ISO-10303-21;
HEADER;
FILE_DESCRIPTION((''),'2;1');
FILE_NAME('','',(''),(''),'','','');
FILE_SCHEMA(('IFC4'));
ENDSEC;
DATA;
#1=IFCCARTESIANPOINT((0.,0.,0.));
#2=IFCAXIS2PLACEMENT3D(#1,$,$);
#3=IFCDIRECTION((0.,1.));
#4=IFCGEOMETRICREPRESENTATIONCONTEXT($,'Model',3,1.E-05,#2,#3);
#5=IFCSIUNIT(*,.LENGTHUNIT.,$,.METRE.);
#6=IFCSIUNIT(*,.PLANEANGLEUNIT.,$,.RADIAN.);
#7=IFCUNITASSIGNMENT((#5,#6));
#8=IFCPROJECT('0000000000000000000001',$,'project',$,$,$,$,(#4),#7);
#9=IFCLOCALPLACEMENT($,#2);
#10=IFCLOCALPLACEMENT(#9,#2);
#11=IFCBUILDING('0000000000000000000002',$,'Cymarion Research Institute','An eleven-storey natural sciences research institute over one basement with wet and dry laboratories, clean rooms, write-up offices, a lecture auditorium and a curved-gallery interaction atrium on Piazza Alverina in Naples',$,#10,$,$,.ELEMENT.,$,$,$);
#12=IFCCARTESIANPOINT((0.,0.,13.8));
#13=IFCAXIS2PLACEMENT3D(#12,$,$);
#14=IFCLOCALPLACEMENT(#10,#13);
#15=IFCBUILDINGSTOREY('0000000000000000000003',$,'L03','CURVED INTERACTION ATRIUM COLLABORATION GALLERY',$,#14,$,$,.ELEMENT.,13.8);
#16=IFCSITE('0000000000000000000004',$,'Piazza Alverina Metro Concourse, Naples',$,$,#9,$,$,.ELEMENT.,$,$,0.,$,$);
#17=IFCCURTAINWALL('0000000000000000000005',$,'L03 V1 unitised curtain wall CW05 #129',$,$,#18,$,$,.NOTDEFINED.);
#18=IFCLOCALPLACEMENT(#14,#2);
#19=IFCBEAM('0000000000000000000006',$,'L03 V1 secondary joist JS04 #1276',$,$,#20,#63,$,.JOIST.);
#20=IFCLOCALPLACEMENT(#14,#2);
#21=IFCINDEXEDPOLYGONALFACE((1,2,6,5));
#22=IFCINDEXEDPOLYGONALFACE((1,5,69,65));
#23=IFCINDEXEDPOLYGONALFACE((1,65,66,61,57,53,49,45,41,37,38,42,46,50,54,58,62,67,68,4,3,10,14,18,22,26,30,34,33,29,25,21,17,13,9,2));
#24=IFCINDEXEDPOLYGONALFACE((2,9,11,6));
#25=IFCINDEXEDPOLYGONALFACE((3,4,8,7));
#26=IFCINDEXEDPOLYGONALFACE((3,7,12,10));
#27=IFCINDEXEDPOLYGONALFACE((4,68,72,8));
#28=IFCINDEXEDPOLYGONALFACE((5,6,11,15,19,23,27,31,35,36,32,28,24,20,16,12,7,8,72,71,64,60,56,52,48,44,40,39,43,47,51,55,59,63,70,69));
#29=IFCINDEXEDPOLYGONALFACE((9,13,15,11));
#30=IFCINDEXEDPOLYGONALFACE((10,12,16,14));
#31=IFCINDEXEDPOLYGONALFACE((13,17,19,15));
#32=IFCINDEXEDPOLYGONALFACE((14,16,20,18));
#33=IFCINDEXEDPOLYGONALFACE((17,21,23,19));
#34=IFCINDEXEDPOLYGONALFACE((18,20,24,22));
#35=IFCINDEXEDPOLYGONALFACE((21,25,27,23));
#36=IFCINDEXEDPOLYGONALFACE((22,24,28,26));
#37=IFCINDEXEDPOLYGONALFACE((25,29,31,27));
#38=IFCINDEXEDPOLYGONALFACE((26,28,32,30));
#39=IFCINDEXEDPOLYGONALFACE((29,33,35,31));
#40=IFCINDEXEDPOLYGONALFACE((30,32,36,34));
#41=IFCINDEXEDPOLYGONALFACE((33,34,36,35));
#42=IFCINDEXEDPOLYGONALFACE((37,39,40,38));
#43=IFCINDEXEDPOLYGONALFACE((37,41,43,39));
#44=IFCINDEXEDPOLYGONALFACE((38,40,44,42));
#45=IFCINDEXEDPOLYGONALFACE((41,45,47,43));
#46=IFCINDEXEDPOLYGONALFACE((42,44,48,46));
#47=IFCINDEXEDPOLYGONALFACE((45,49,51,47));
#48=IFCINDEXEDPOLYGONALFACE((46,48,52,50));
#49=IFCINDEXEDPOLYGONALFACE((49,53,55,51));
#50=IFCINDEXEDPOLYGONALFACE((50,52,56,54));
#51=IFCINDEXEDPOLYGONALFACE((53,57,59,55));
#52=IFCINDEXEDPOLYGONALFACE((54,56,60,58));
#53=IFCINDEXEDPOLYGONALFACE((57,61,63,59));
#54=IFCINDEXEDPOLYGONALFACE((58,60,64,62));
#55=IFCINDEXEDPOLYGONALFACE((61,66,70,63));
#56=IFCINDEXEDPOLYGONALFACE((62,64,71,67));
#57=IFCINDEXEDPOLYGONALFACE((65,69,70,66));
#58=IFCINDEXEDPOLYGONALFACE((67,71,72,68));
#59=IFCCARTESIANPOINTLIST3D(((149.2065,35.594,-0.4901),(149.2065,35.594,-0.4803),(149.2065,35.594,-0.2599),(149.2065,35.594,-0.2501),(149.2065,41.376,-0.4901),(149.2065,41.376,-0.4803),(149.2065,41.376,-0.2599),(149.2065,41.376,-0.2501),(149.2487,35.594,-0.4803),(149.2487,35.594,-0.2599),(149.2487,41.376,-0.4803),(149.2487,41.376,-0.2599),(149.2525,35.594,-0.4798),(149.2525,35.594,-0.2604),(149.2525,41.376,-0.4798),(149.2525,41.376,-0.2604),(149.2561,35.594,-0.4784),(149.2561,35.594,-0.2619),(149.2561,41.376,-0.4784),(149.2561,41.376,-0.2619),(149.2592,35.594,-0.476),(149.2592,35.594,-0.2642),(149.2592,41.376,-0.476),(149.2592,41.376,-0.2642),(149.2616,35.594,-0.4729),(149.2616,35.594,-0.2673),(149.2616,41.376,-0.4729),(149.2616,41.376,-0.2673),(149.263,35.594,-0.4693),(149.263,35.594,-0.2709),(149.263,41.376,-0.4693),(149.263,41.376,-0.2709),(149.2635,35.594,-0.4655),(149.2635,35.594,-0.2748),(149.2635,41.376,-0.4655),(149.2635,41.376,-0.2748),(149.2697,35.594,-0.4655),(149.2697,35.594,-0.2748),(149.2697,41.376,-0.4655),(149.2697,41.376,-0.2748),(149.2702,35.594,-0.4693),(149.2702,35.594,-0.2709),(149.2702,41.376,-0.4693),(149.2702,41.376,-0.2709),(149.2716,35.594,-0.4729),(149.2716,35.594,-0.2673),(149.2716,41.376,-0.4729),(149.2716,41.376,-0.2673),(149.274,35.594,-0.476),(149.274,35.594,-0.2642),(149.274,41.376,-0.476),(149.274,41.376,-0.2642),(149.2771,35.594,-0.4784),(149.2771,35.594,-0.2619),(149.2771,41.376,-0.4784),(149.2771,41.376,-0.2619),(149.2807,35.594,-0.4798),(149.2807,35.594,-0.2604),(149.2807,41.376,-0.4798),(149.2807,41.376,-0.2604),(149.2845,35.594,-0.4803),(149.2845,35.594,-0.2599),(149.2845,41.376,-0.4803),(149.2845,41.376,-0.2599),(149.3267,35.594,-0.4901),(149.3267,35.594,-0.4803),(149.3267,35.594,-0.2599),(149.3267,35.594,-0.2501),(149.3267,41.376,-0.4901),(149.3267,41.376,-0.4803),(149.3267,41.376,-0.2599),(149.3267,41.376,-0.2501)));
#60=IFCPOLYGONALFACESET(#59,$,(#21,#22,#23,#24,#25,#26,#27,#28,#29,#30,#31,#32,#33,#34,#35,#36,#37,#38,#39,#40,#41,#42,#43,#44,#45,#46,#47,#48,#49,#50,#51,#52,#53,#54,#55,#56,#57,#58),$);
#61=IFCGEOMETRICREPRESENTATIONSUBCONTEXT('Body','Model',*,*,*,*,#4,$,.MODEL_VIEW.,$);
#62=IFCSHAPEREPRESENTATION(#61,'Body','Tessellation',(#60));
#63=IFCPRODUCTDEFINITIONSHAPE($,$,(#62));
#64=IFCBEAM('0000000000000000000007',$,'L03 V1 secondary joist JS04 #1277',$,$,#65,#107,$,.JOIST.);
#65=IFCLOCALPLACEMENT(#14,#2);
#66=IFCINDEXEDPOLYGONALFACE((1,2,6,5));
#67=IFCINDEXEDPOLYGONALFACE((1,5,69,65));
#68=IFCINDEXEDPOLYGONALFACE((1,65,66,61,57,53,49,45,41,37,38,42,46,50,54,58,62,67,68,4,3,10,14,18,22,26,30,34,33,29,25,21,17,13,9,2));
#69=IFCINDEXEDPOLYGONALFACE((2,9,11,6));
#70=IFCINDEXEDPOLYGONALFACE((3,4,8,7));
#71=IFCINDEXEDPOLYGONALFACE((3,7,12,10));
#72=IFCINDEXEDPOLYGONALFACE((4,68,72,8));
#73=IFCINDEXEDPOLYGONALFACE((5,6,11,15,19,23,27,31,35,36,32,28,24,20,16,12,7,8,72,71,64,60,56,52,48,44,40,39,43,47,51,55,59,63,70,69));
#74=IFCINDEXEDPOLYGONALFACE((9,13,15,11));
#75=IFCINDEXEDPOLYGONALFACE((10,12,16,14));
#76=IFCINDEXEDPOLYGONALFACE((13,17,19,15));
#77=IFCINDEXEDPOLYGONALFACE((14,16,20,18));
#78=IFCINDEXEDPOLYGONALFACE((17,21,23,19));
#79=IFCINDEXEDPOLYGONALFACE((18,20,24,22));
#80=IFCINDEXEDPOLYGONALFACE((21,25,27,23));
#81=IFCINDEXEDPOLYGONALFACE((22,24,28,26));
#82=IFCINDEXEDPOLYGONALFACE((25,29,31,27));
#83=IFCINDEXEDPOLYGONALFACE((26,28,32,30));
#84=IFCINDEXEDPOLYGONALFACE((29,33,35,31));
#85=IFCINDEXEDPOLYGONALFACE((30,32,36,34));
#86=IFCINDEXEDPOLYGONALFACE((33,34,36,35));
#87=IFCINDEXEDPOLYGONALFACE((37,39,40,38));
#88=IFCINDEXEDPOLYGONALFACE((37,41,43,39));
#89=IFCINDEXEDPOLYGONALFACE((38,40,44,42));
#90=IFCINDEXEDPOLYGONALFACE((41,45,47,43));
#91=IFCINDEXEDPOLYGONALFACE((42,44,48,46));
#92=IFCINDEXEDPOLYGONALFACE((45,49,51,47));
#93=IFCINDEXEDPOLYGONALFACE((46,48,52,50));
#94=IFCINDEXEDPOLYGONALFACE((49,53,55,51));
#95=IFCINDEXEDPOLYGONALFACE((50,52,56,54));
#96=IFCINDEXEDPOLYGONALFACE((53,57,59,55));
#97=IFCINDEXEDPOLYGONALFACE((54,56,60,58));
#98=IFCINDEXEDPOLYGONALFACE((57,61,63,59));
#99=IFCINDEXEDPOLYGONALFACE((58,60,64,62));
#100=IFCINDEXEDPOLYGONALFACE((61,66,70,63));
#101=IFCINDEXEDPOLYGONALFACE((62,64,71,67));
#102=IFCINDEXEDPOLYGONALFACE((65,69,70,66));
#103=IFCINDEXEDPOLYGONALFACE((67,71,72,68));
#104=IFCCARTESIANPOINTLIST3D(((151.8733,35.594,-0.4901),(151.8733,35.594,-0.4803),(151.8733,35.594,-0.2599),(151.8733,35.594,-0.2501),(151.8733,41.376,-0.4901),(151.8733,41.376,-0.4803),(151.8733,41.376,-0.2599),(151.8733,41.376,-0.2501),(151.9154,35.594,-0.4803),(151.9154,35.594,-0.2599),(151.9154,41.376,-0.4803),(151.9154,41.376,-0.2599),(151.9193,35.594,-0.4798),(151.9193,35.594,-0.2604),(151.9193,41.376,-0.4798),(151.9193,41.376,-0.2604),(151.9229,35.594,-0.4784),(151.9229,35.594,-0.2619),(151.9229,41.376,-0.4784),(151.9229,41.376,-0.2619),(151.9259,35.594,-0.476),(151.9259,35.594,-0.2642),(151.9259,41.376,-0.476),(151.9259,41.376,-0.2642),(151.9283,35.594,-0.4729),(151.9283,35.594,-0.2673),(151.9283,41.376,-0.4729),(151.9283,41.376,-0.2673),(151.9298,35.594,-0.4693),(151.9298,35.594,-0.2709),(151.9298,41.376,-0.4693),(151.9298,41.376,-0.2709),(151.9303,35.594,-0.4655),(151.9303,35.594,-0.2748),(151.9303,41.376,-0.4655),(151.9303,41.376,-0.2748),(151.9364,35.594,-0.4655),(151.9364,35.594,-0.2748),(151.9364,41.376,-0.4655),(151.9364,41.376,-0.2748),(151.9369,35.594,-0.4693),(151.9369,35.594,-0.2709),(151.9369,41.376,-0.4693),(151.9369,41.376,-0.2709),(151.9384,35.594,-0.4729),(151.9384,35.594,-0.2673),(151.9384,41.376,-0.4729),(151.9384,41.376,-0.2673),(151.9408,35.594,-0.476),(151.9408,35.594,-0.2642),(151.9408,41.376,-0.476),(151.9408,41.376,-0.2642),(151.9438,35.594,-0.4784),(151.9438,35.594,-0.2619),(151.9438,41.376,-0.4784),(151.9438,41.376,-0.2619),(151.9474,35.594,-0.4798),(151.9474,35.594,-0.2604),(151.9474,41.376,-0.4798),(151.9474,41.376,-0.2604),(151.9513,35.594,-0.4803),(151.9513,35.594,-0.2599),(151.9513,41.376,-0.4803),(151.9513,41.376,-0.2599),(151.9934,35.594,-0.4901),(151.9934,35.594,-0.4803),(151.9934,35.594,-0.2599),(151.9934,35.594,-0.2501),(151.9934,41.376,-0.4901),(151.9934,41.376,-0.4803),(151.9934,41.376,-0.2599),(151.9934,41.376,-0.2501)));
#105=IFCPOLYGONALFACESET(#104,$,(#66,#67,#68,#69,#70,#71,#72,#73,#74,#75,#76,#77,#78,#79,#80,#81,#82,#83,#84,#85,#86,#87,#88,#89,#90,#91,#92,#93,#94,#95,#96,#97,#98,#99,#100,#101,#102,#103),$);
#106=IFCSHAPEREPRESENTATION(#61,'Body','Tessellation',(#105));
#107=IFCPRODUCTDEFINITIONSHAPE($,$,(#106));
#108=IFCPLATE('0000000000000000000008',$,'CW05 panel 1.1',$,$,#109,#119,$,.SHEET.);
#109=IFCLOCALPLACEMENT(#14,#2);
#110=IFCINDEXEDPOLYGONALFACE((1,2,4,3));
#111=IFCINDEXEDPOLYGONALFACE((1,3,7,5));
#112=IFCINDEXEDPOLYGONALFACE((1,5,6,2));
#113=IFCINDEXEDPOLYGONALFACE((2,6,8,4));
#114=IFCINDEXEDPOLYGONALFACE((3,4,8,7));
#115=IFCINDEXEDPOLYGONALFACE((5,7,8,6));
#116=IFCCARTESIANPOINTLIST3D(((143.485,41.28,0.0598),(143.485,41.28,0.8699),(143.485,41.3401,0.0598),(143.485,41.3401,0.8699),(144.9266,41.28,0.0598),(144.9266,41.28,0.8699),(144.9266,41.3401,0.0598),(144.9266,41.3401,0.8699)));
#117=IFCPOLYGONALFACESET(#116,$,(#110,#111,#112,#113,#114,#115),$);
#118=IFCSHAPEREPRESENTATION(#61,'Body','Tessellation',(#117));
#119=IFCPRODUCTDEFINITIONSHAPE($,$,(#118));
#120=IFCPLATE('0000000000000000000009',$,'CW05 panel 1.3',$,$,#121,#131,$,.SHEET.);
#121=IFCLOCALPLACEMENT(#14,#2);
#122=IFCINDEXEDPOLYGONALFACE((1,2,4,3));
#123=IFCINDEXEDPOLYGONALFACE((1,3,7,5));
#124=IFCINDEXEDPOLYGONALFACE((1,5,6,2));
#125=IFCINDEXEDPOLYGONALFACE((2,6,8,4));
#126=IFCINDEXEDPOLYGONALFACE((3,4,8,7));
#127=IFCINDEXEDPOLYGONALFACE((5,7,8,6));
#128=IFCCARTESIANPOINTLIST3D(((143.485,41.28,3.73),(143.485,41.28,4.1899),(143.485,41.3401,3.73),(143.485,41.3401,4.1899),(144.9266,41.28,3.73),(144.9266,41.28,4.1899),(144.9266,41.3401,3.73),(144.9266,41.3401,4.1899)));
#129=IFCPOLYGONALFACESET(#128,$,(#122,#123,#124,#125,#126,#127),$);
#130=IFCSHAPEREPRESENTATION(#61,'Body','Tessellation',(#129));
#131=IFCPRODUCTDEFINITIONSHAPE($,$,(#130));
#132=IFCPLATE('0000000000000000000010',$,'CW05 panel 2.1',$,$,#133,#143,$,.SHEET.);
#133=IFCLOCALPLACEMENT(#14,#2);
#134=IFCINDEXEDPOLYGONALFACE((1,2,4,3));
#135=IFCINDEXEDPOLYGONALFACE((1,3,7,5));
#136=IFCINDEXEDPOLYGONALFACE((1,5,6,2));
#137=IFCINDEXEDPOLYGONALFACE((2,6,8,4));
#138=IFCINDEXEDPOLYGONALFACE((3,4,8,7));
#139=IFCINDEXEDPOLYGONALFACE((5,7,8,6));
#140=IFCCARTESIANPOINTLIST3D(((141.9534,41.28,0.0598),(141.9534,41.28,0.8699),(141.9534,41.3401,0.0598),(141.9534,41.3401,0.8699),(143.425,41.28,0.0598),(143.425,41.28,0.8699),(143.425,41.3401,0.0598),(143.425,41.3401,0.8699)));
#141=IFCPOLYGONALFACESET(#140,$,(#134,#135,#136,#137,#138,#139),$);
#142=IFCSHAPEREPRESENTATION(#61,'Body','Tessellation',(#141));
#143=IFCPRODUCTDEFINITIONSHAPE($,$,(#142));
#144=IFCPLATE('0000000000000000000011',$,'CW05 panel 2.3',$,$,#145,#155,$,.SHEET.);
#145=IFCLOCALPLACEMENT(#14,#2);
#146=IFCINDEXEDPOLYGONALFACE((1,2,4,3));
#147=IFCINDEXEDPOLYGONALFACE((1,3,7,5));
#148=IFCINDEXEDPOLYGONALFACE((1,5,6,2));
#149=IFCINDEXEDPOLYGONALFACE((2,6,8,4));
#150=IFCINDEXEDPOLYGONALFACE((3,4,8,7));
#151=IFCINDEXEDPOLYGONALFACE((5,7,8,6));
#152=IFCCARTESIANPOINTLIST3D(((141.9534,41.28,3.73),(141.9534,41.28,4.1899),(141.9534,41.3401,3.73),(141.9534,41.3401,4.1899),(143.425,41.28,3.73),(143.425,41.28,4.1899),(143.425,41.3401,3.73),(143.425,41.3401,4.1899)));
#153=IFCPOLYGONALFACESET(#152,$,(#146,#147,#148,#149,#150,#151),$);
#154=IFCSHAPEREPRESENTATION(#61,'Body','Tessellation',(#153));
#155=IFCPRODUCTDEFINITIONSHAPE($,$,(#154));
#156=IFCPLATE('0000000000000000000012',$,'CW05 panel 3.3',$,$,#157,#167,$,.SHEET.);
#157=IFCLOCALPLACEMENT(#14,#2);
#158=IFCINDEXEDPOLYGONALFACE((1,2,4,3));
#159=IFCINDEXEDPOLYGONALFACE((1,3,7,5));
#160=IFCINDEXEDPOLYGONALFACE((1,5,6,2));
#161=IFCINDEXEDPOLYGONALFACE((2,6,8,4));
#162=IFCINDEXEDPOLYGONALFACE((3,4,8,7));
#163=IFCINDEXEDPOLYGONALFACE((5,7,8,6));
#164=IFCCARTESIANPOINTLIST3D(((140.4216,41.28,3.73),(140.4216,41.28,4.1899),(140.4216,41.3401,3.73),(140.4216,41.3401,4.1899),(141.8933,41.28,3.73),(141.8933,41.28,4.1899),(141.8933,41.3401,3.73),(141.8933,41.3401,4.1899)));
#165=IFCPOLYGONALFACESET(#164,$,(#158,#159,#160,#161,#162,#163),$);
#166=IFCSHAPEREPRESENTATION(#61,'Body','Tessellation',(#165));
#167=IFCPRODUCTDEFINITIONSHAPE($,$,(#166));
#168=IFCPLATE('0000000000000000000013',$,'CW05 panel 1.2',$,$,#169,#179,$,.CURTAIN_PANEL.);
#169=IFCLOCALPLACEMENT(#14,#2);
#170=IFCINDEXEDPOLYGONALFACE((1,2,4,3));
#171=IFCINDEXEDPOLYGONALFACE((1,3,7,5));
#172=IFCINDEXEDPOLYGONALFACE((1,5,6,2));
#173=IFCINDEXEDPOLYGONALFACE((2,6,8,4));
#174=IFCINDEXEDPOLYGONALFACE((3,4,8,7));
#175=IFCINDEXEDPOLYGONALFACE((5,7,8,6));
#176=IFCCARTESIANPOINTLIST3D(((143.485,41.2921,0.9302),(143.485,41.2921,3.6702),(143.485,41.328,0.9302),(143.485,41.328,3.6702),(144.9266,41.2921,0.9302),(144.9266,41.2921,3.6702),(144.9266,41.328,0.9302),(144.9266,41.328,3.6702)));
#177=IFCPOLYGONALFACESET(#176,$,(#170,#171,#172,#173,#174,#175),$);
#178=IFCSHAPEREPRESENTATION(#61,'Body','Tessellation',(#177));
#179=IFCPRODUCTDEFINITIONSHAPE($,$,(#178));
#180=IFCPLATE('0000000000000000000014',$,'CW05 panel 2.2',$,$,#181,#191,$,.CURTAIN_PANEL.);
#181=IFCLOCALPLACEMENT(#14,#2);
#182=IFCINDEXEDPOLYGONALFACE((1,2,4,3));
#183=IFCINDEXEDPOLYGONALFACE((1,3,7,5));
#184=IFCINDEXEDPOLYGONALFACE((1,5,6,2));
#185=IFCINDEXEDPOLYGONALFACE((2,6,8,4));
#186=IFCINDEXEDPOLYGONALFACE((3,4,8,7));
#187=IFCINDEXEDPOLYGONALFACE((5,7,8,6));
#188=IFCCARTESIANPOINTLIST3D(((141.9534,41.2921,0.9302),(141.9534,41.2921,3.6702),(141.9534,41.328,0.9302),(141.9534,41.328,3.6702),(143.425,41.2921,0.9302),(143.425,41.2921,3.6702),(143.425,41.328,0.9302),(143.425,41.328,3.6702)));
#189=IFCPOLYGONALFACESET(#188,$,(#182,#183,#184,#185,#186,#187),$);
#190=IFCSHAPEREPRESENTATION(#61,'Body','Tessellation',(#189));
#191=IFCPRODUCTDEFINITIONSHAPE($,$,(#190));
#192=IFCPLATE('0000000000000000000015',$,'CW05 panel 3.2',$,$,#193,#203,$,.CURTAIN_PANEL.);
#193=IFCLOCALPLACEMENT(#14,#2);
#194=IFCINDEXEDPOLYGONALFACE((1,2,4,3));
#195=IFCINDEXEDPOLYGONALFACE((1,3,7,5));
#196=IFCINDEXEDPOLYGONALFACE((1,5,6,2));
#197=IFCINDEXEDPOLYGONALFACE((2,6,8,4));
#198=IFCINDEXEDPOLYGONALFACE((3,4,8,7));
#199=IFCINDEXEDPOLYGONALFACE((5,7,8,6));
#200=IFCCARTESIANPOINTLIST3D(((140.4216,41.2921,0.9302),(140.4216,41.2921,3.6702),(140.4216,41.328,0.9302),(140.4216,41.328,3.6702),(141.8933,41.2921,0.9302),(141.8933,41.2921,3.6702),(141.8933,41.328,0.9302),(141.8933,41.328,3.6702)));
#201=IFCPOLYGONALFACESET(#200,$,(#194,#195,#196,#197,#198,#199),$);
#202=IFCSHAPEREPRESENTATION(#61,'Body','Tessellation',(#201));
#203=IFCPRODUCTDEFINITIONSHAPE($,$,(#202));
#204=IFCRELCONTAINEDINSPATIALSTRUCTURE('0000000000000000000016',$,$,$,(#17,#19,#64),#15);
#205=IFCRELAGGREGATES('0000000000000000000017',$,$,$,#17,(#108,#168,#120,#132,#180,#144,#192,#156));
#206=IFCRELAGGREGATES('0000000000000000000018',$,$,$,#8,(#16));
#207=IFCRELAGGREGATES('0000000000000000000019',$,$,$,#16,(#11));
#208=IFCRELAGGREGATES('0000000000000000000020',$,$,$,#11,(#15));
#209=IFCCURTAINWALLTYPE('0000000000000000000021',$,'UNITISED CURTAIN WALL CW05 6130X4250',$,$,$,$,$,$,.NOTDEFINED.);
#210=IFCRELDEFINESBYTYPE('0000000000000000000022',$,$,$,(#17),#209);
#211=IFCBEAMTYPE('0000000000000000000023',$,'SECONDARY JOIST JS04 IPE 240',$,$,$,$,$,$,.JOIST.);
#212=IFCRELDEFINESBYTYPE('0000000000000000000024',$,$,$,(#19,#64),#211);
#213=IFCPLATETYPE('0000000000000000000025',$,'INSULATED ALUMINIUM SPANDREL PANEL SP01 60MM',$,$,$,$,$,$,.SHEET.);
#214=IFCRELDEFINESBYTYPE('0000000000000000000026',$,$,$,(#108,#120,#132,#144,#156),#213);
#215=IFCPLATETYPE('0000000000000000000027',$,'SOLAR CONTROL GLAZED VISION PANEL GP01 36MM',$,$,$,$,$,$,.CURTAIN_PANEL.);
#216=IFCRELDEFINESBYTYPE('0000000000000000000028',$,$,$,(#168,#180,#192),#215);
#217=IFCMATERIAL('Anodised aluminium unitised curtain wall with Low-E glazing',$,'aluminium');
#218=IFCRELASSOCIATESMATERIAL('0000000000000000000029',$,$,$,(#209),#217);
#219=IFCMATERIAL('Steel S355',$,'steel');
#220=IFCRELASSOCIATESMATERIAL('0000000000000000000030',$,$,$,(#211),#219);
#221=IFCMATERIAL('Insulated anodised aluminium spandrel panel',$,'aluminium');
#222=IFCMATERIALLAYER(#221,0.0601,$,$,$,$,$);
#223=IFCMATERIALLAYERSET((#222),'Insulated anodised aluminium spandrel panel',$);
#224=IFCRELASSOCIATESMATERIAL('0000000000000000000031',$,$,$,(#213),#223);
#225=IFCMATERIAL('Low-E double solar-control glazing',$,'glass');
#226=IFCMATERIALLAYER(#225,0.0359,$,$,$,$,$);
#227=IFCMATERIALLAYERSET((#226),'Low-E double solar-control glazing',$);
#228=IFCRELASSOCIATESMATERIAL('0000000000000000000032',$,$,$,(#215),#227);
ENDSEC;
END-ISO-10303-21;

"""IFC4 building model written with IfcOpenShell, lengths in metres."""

from ifc_helpers import new_model, si_unit, direction, frame, origin, origin_2d, place, context, subcontext, project, spatial, rectangle, i_section, extrude, material, layer, layer_set, material_profile, profile_set, type_object, element, aggregate, save


model = new_model("IFC4")

# Units and contexts
model_context = context("Model", 3, precision=1e-05, world=origin(), true_north=direction((0.0, 1.0)))
body_context = subcontext(model_context, "Body", "Model", "MODEL_VIEW")
ifc_project = project(units=[si_unit("LENGTHUNIT", "METRE"), si_unit("PLANEANGLEUNIT", "RADIAN")], contexts=[model_context])

# Site, building, storey
site_placement = place(None, origin())
site = spatial("IfcSite", under=ifc_project, at=site_placement, Name="Piazza Alverina Metro Concourse, Naples", CompositionType="ELEMENT", RefElevation=0.0)
building_placement = place(site_placement, origin())
building = spatial("IfcBuilding", under=site, at=building_placement, Name="Cymarion Research Institute", Description="An eleven-storey natural sciences research institute over one basement with wet and dry laboratories, clean rooms, write-up offices, a lecture auditorium and a curved-gallery interaction atrium on Piazza Alverina in Naples", CompositionType="ELEMENT")
storey_placement = place(building_placement, frame((0.0, 0.0, 13.8)))
storey = spatial("IfcBuildingStorey", under=building, at=storey_placement, Name="L03", Description="CURVED INTERACTION ATRIUM COLLABORATION GALLERY", CompositionType="ELEMENT", Elevation=13.8)

# Shared definitions
ifc_material_1 = material(Name="Steel S355", Category="steel")

# Curtain wall
ifc_material_2 = material(Name="Anodised aluminium unitised curtain wall with Low-E glazing", Category="aluminium")
curtain_wall_type = type_object("IfcCurtainWallType", Name="UNITISED CURTAIN WALL CW05 6130X4250", PredefinedType="NOTDEFINED", material=ifc_material_2)
curtain_wall_placement = place(storey_placement, origin())
curtain_wall = element("IfcCurtainWall", 1, at=curtain_wall_placement, inside=storey, type_object=curtain_wall_type, Name="L03 V1 unitised curtain wall CW05 #129", PredefinedType="NOTDEFINED")

# Beams
ifc_material_profile_1 = material_profile(ifc_material_1, i_section(OverallWidth=0.1201, OverallDepth=0.24, WebThickness=0.0061, FlangeThickness=0.0098, FilletRadius=0.0149, at=origin_2d()), Name="IPE 240")
ifc_profile_set_1 = profile_set([ifc_material_profile_1], Name="Steel S355")
beam_type_1 = type_object("IfcBeamType", Name="SECONDARY JOIST JS04 IPE 240", PredefinedType="JOIST", material=ifc_profile_set_1)
for number, where, z_axis, x_axis, name in (
    (2, (149.2666, 35.594, -0.3701), (0.0, 1.0, 0.0), (-1.0, 0.0, 0.0), "L03 V1 secondary joist JS04 #1276"),
    (3, (151.9333, 35.594, -0.3701), (0.0, 1.0, 0.0), (-1.0, 0.0, 0.0), "L03 V1 secondary joist JS04 #1277"),
):
    element("IfcBeam", number, at=place(storey_placement, frame(where, z_axis=z_axis, x_axis=x_axis)), inside=storey, type_object=beam_type_1, Name=name, PredefinedType="JOIST", context=body_context, shape_type="SweptSolid", body=[
        extrude(i_section(OverallWidth=0.1201, OverallDepth=0.24, WebThickness=0.0061, FlangeThickness=0.0098, FilletRadius=0.0149, at=origin_2d()), origin(), (0.0, 0.0, 1.0), 5.782),
    ])

# Plates
ifc_material_3 = material(Name="Insulated anodised aluminium spandrel panel", Category="aluminium")
ifc_layer_1 = layer(ifc_material_3, 0.0601)
ifc_layer_set_1 = layer_set([ifc_layer_1], Name="Insulated anodised aluminium spandrel panel")
plate_type_1 = type_object("IfcPlateType", Name="INSULATED ALUMINIUM SPANDREL PANEL SP01 60MM", PredefinedType="SHEET", material=ifc_layer_set_1)
plate_1_placement = place(storey_placement, frame((144.2058, 41.3101, 0.0598), z_axis=(0.0, 0.0, 1.0), x_axis=(-1.0, 0.0, 0.0)))
plate_1 = element("IfcPlate", 4, at=plate_1_placement, type_object=plate_type_1, Name="CW05 panel 1.1", PredefinedType="SHEET", context=body_context, shape_type="SweptSolid", body=[
    extrude(rectangle(XDim=1.4417, YDim=0.0601, at=origin_2d()), origin(), (0.0, 0.0, 1.0), 0.8101),
])
plate_2_placement = place(storey_placement, frame((144.2058, 41.3101, 3.73), z_axis=(0.0, 0.0, 1.0), x_axis=(-1.0, 0.0, 0.0)))
plate_2 = element("IfcPlate", 5, at=plate_2_placement, type_object=plate_type_1, Name="CW05 panel 1.3", PredefinedType="SHEET", context=body_context, shape_type="SweptSolid", body=[
    extrude(rectangle(XDim=1.4417, YDim=0.0601, at=origin_2d()), origin(), (0.0, 0.0, 1.0), 0.46),
])
plate_3_placement = place(storey_placement, frame((142.6892, 41.3101, 0.0598), z_axis=(0.0, 0.0, 1.0), x_axis=(-1.0, 0.0, 0.0)))
plate_3 = element("IfcPlate", 6, at=plate_3_placement, type_object=plate_type_1, Name="CW05 panel 2.1", PredefinedType="SHEET", context=body_context, shape_type="SweptSolid", body=[
    extrude(rectangle(XDim=1.4717, YDim=0.0601, at=origin_2d()), origin(), (0.0, 0.0, 1.0), 0.8101),
])
plate_4_placement = place(storey_placement, frame((142.6892, 41.3101, 3.73), z_axis=(0.0, 0.0, 1.0), x_axis=(-1.0, 0.0, 0.0)))
plate_4 = element("IfcPlate", 7, at=plate_4_placement, type_object=plate_type_1, Name="CW05 panel 2.3", PredefinedType="SHEET", context=body_context, shape_type="SweptSolid", body=[
    extrude(rectangle(XDim=1.4717, YDim=0.0601, at=origin_2d()), origin(), (0.0, 0.0, 1.0), 0.46),
])
plate_5_placement = place(storey_placement, frame((141.1575, 41.3101, 3.73), z_axis=(0.0, 0.0, 1.0), x_axis=(-1.0, 0.0, 0.0)))
plate_5 = element("IfcPlate", 8, at=plate_5_placement, type_object=plate_type_1, Name="CW05 panel 3.3", PredefinedType="SHEET", context=body_context, shape_type="SweptSolid", body=[
    extrude(rectangle(XDim=1.4717, YDim=0.0601, at=origin_2d()), origin(), (0.0, 0.0, 1.0), 0.46),
])
ifc_material_4 = material(Name="Low-E double solar-control glazing", Category="glass")
ifc_layer_2 = layer(ifc_material_4, 0.0359)
ifc_layer_set_2 = layer_set([ifc_layer_2], Name="Low-E double solar-control glazing")
plate_type_2 = type_object("IfcPlateType", Name="SOLAR CONTROL GLAZED VISION PANEL GP01 36MM", PredefinedType="CURTAIN_PANEL", material=ifc_layer_set_2)
plate_6_placement = place(storey_placement, frame((144.2058, 41.3101, 0.9302), z_axis=(0.0, 0.0, 1.0), x_axis=(-1.0, 0.0, 0.0)))
plate_6 = element("IfcPlate", 9, at=plate_6_placement, type_object=plate_type_2, Name="CW05 panel 1.2", PredefinedType="CURTAIN_PANEL", context=body_context, shape_type="SweptSolid", body=[
    extrude(rectangle(XDim=1.4417, YDim=0.0359, at=origin_2d()), origin(), (0.0, 0.0, 1.0), 2.74),
])
plate_7_placement = place(storey_placement, frame((142.6892, 41.3101, 0.9302), z_axis=(0.0, 0.0, 1.0), x_axis=(-1.0, 0.0, 0.0)))
plate_7 = element("IfcPlate", 10, at=plate_7_placement, type_object=plate_type_2, Name="CW05 panel 2.2", PredefinedType="CURTAIN_PANEL", context=body_context, shape_type="SweptSolid", body=[
    extrude(rectangle(XDim=1.4717, YDim=0.0359, at=origin_2d()), origin(), (0.0, 0.0, 1.0), 2.74),
])
plate_8_placement = place(storey_placement, frame((141.1575, 41.3101, 0.9302), z_axis=(0.0, 0.0, 1.0), x_axis=(-1.0, 0.0, 0.0)))
plate_8 = element("IfcPlate", 11, at=plate_8_placement, type_object=plate_type_2, Name="CW05 panel 3.2", PredefinedType="CURTAIN_PANEL", context=body_context, shape_type="SweptSolid", body=[
    extrude(rectangle(XDim=1.4717, YDim=0.0359, at=origin_2d()), origin(), (0.0, 0.0, 1.0), 2.74),
])
aggregate(curtain_wall, [plate_1, plate_6, plate_2, plate_3, plate_7, plate_4, plate_8, plate_5])

save(model, "model.ifc")
